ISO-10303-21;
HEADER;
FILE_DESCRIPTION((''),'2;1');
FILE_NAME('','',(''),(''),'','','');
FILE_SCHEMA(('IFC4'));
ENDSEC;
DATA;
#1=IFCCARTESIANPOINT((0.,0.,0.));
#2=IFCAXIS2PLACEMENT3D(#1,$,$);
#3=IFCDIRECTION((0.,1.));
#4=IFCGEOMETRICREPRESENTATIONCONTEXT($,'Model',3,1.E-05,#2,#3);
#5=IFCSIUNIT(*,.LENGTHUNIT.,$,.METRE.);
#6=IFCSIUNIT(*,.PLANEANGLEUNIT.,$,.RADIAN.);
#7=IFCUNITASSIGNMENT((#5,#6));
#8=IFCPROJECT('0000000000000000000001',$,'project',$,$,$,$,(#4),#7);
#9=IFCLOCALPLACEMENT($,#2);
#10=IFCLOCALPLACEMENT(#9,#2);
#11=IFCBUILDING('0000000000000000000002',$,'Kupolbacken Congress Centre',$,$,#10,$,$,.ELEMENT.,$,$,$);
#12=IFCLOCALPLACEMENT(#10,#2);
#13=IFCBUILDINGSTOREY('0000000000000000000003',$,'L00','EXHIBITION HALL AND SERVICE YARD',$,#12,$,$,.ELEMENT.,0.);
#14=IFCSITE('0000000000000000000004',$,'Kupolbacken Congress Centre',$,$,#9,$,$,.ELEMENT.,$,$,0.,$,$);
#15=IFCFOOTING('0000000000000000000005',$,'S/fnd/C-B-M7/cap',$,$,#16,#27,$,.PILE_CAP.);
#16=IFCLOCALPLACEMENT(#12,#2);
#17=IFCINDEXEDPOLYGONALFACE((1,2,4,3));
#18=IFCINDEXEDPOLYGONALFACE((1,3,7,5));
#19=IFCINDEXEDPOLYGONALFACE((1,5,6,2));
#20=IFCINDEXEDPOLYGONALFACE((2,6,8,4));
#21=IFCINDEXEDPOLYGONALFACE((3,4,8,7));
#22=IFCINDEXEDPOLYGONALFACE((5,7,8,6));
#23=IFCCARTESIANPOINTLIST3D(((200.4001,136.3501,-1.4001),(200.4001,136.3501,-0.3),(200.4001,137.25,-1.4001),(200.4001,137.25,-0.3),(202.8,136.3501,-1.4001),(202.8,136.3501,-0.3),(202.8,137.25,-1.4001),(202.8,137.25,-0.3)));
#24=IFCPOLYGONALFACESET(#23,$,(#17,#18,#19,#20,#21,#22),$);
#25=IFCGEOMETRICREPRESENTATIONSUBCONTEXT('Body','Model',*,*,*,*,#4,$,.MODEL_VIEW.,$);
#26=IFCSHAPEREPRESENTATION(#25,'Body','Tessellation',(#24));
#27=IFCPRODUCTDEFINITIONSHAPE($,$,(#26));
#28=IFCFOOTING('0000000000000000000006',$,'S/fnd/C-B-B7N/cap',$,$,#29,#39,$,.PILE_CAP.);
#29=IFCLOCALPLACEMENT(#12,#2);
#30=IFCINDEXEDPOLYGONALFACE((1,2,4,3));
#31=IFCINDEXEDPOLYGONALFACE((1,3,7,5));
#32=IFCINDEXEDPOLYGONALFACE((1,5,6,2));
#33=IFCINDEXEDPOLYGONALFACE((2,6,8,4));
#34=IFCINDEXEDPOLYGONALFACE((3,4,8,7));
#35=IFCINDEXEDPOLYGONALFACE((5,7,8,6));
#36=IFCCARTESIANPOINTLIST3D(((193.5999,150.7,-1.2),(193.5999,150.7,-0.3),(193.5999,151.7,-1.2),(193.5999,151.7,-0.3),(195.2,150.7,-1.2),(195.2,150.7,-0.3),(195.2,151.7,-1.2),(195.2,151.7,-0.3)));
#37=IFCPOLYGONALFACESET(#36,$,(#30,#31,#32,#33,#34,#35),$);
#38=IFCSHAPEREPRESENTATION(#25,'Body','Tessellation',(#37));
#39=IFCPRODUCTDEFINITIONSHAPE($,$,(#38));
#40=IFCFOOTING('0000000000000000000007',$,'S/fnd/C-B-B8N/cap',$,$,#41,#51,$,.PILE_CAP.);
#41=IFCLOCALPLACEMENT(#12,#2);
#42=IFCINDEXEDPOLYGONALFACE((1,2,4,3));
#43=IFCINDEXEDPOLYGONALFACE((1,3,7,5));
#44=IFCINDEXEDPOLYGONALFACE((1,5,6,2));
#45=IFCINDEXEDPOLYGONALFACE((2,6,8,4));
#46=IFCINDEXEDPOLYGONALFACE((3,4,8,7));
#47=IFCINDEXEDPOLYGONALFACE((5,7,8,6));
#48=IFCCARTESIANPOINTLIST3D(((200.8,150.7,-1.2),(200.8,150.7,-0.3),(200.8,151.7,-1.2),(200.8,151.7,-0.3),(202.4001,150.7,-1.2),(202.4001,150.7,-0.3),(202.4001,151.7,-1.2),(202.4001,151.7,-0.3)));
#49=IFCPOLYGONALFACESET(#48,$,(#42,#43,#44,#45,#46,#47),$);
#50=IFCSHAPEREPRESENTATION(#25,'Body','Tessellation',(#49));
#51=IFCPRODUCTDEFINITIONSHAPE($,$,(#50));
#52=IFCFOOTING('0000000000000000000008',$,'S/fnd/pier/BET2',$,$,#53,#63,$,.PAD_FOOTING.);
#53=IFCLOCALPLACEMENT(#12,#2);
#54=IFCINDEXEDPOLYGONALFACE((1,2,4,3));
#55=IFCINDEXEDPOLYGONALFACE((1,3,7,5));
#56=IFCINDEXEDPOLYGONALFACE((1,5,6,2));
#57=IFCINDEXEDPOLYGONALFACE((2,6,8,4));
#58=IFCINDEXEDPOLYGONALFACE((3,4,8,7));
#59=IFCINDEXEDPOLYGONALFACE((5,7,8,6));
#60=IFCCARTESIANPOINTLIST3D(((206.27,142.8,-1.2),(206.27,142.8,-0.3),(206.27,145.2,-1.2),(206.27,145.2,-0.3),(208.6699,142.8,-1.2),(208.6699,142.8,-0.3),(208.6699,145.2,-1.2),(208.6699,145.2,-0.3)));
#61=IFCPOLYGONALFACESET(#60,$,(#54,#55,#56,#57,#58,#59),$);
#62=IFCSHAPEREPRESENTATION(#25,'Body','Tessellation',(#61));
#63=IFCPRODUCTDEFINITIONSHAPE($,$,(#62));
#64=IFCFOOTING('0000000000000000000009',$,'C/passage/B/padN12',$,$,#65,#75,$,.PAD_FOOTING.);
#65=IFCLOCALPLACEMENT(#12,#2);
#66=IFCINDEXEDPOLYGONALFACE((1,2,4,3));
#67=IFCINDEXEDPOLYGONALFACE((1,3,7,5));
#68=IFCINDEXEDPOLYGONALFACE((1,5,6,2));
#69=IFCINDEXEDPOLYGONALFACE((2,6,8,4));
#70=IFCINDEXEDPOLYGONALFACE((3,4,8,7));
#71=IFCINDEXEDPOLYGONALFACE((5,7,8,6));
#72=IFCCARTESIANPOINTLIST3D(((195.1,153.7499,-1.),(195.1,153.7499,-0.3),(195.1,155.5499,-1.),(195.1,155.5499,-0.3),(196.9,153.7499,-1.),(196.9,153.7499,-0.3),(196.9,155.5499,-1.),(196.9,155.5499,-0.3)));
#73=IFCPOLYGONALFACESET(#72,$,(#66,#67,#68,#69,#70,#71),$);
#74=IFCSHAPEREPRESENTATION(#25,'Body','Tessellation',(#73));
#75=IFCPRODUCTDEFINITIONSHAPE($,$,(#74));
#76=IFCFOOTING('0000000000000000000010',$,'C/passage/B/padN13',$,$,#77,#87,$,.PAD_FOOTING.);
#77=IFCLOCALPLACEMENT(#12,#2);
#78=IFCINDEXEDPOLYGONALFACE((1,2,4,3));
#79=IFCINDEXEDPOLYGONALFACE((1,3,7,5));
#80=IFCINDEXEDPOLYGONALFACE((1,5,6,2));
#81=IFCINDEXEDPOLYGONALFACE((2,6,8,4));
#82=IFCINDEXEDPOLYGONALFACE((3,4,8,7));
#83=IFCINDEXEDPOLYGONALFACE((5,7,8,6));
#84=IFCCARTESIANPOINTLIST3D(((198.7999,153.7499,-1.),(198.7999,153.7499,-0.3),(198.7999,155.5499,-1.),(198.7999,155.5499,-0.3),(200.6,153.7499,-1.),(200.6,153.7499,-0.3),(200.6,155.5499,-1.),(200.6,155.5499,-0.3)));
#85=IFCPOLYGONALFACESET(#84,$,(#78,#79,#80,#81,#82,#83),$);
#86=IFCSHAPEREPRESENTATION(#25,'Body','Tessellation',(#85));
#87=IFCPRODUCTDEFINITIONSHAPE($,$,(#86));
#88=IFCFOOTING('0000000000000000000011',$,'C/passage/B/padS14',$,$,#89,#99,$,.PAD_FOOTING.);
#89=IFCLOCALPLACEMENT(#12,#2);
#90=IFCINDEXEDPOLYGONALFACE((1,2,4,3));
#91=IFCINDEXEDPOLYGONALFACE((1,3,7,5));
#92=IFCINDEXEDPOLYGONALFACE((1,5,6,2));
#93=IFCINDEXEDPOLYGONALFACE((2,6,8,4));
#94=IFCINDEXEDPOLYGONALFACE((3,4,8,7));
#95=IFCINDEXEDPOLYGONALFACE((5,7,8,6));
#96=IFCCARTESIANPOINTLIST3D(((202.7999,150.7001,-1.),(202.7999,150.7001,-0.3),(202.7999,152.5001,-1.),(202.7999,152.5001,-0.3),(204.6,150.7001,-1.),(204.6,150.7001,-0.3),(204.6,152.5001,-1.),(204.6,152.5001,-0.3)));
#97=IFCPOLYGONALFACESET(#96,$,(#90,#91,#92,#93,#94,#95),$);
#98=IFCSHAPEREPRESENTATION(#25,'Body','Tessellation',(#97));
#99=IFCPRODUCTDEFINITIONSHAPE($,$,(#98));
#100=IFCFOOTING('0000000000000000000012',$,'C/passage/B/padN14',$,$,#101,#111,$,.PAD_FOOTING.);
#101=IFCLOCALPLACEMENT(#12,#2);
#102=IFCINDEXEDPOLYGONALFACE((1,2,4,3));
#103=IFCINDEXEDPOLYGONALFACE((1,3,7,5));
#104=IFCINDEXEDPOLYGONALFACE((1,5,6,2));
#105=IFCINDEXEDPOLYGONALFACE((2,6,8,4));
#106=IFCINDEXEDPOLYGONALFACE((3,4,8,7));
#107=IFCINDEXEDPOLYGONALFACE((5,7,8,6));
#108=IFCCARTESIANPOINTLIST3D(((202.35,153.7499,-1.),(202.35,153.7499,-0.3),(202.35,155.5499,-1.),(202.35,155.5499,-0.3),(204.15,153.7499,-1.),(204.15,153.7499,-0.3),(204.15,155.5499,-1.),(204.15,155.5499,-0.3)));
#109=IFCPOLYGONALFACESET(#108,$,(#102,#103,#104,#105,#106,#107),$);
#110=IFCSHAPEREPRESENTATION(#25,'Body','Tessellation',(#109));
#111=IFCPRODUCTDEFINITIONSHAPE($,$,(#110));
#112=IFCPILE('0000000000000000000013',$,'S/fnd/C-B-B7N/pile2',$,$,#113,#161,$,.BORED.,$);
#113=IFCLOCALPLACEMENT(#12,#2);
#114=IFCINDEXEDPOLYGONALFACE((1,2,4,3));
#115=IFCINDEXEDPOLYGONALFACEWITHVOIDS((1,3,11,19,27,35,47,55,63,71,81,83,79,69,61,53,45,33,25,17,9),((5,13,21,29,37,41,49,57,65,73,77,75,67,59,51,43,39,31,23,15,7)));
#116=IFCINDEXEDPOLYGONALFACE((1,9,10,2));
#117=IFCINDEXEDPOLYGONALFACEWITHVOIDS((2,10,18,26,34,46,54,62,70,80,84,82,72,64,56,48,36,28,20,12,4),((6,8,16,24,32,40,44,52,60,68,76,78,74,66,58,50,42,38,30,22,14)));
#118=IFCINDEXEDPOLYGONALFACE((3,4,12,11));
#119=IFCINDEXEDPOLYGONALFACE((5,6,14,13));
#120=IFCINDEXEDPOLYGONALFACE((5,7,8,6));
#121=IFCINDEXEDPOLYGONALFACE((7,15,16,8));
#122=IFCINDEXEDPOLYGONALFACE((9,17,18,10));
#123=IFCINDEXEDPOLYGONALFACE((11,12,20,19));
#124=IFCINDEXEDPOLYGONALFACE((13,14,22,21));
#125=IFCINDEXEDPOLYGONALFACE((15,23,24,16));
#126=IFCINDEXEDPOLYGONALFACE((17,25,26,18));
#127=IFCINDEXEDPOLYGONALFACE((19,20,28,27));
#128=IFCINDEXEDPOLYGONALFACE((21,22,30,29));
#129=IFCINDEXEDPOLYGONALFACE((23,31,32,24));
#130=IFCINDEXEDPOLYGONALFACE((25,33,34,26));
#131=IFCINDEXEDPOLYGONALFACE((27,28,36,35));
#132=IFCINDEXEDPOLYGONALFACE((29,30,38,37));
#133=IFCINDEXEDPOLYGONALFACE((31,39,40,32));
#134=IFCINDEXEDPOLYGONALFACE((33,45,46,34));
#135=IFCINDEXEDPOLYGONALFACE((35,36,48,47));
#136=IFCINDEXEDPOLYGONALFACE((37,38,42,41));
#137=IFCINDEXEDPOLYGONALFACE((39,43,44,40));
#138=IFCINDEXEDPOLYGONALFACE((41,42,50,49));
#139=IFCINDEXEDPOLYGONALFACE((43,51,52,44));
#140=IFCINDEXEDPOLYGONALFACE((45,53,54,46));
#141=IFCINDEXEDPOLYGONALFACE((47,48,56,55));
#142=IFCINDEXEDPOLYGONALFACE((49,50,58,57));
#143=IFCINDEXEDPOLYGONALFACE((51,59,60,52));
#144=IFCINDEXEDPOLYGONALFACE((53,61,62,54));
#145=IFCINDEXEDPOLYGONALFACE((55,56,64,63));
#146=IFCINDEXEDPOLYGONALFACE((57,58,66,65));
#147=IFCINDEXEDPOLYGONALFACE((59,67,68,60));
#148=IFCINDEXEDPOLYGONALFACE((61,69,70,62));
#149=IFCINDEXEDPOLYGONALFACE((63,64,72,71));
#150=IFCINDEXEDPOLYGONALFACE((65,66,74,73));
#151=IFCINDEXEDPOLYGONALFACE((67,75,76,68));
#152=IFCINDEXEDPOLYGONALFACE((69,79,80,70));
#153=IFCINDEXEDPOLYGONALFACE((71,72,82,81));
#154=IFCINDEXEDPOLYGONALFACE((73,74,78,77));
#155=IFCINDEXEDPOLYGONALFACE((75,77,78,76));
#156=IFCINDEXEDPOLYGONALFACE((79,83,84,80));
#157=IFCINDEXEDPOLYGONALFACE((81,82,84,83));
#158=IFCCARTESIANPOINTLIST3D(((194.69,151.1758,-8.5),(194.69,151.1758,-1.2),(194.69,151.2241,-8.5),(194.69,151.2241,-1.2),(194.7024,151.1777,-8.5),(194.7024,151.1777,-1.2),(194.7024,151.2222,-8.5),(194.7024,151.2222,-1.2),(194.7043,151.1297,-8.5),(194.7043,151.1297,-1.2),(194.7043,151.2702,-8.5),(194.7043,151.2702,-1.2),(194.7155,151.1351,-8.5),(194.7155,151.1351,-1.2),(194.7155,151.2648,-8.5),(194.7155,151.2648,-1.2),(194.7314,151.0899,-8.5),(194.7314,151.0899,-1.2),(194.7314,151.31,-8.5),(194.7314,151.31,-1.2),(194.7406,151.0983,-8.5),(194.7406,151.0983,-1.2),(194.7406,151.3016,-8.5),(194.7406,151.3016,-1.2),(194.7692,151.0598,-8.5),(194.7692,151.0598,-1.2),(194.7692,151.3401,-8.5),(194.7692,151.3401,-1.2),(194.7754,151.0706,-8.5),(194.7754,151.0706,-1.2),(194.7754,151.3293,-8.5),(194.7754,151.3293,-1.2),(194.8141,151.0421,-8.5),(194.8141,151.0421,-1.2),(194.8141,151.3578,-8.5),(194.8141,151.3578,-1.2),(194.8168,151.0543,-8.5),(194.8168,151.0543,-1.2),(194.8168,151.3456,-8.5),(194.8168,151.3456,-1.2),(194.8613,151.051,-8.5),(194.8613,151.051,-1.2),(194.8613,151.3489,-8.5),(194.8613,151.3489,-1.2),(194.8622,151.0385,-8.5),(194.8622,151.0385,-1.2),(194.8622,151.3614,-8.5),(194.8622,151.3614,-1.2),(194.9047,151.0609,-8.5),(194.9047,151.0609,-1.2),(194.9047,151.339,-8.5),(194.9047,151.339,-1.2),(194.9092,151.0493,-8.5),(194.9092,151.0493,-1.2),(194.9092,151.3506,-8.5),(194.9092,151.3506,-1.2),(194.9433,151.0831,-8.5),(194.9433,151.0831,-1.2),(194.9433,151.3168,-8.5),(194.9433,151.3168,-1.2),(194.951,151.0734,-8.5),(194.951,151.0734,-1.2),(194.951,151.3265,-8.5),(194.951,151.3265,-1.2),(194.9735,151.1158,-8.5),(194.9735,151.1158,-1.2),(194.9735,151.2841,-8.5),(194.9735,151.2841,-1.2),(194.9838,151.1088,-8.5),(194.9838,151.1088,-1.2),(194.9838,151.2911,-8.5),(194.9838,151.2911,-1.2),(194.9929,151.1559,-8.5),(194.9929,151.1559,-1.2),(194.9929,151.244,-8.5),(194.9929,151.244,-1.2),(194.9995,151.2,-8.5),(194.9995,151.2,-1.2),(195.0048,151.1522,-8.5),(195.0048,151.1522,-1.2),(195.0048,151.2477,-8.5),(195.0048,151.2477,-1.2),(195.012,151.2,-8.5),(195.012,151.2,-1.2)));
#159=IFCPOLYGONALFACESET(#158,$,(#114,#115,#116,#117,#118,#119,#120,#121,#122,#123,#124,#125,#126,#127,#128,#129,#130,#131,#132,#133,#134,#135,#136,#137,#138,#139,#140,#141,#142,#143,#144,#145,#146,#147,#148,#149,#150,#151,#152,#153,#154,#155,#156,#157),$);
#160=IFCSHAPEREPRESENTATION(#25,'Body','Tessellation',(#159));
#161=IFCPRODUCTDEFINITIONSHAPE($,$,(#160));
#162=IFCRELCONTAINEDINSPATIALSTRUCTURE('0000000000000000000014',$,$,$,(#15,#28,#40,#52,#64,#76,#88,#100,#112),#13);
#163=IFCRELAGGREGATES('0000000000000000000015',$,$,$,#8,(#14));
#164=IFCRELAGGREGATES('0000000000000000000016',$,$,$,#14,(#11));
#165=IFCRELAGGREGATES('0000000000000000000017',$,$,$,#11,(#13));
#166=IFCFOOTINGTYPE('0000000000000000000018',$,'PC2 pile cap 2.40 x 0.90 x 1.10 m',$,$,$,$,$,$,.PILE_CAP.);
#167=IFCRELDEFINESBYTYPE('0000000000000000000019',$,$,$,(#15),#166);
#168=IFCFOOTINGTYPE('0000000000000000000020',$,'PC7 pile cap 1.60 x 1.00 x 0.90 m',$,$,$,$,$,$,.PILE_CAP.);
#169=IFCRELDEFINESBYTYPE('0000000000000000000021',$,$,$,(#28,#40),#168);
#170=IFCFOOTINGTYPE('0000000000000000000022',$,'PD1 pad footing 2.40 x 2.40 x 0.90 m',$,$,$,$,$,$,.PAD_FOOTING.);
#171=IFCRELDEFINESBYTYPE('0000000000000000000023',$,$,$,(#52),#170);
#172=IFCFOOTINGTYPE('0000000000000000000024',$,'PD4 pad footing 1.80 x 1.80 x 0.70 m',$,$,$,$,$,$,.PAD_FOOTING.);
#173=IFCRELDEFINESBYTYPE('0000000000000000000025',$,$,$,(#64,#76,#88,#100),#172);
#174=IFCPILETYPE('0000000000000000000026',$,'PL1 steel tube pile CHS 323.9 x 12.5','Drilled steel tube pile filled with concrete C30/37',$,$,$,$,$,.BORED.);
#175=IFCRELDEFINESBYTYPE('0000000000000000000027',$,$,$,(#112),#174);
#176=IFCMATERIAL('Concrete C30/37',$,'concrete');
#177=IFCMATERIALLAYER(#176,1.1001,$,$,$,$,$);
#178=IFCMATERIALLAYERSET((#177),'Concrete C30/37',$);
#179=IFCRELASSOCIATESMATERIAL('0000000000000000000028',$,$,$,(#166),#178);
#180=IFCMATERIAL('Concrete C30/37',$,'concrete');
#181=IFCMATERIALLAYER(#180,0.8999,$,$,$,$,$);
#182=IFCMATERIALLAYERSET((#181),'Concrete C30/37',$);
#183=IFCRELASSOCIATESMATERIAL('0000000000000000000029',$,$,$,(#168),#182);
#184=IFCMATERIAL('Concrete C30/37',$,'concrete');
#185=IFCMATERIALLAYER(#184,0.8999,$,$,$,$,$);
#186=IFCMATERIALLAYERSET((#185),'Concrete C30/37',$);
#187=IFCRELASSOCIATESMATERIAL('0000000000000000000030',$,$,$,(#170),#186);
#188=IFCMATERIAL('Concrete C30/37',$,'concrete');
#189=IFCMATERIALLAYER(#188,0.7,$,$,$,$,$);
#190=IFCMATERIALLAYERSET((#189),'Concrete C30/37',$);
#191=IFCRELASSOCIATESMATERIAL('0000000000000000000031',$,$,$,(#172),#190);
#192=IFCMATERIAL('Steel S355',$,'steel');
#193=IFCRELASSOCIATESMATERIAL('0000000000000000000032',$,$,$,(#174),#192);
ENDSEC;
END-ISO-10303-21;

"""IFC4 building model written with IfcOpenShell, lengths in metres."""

from ifc_helpers import new_model, si_unit, direction, frame, origin, origin_2d, place, context, subcontext, project, spatial, rectangle, hollow_circle, extrude, material, layer, layer_set, material_profile, profile_set, type_object, element, save


model = new_model("IFC4")

# Units and contexts
model_context = context("Model", 3, precision=1e-05, world=origin(), true_north=direction((0.0, 1.0)))
body_context = subcontext(model_context, "Body", "Model", "MODEL_VIEW")
ifc_project = project(units=[si_unit("LENGTHUNIT", "METRE"), si_unit("PLANEANGLEUNIT", "RADIAN")], contexts=[model_context])

# Site, building, storey
site_placement = place(None, origin())
site = spatial("IfcSite", under=ifc_project, at=site_placement, Name="Kupolbacken Congress Centre", CompositionType="ELEMENT", RefElevation=0.0)
building_placement = place(site_placement, origin())
building = spatial("IfcBuilding", under=site, at=building_placement, Name="Kupolbacken Congress Centre", CompositionType="ELEMENT")
storey_placement = place(building_placement, origin())
storey = spatial("IfcBuildingStorey", under=building, at=storey_placement, Name="L00", Description="EXHIBITION HALL AND SERVICE YARD", CompositionType="ELEMENT", Elevation=0.0)

# Footings
ifc_material_1 = material(Name="Concrete C30/37", Category="concrete")
ifc_layer_1 = layer(ifc_material_1, 1.1001)
ifc_layer_set_1 = layer_set([ifc_layer_1], Name="Concrete C30/37")
footing_type_1 = type_object("IfcFootingType", Name="PC2 pile cap 2.40 x 0.90 x 1.10 m", PredefinedType="PILE_CAP", material=ifc_layer_set_1)
footing_1_placement = place(storey_placement, frame((201.6001, 136.8, -1.4001), z_axis=(0.0, 0.0, 1.0), x_axis=(1.0, 0.0, 0.0)))
element("IfcFooting", 1, at=footing_1_placement, inside=storey, type_object=footing_type_1, Name="S/fnd/C-B-M7/cap", PredefinedType="PILE_CAP", context=body_context, shape_type="SweptSolid", body=[
    extrude(rectangle(XDim=2.3999, YDim=0.8999, at=origin_2d()), origin(), (0.0, 0.0, 1.0), 1.1001),
])
ifc_material_2 = material(Name="Concrete C30/37", Category="concrete")
ifc_layer_2 = layer(ifc_material_2, 0.8999)
ifc_layer_set_2 = layer_set([ifc_layer_2], Name="Concrete C30/37")
footing_type_2 = type_object("IfcFootingType", Name="PC7 pile cap 1.60 x 1.00 x 0.90 m", PredefinedType="PILE_CAP", material=ifc_layer_set_2)
for number, where, z_axis, x_axis, name in (
    (2, (194.3999, 151.2, -1.2), (0.0, 0.0, 1.0), (1.0, 0.0, 0.0), "S/fnd/C-B-B7N/cap"),
    (3, (201.6001, 151.2, -1.2), (0.0, 0.0, 1.0), (1.0, 0.0, 0.0), "S/fnd/C-B-B8N/cap"),
):
    element("IfcFooting", number, at=place(storey_placement, frame(where, z_axis=z_axis, x_axis=x_axis)), inside=storey, type_object=footing_type_2, Name=name, PredefinedType="PILE_CAP", context=body_context, shape_type="SweptSolid", body=[
        extrude(rectangle(XDim=1.6001, YDim=1.0, at=origin_2d()), origin(), (0.0, 0.0, 1.0), 0.8999),
    ])
ifc_material_3 = material(Name="Concrete C30/37", Category="concrete")
ifc_layer_3 = layer(ifc_material_3, 0.8999)
ifc_layer_set_3 = layer_set([ifc_layer_3], Name="Concrete C30/37")
footing_type_3 = type_object("IfcFootingType", Name="PD1 pad footing 2.40 x 2.40 x 0.90 m", PredefinedType="PAD_FOOTING", material=ifc_layer_set_3)
footing_2_placement = place(storey_placement, frame((207.47, 144.0, -1.2), z_axis=(0.0, 0.0, 1.0), x_axis=(1.0, 0.0, 0.0)))
element("IfcFooting", 4, at=footing_2_placement, inside=storey, type_object=footing_type_3, Name="S/fnd/pier/BET2", PredefinedType="PAD_FOOTING", context=body_context, shape_type="SweptSolid", body=[
    extrude(rectangle(XDim=2.3999, YDim=2.3999, at=origin_2d()), origin(), (0.0, 0.0, 1.0), 0.8999),
])
ifc_material_4 = material(Name="Concrete C30/37", Category="concrete")
ifc_layer_4 = layer(ifc_material_4, 0.7)
ifc_layer_set_4 = layer_set([ifc_layer_4], Name="Concrete C30/37")
footing_type_4 = type_object("IfcFootingType", Name="PD4 pad footing 1.80 x 1.80 x 0.70 m", PredefinedType="PAD_FOOTING", material=ifc_layer_set_4)
for number, where, z_axis, x_axis, name in (
    (5, (196.0, 154.6499, -1.0), (0.0, 0.0, 1.0), (1.0, 0.0, 0.0), "C/passage/B/padN12"),
    (6, (199.7, 154.6499, -1.0), (0.0, 0.0, 1.0), (1.0, 0.0, 0.0), "C/passage/B/padN13"),
    (7, (203.7, 151.6001, -1.0), (0.0, 0.0, 1.0), (1.0, 0.0, 0.0), "C/passage/B/padS14"),
    (8, (203.25, 154.6499, -1.0), (0.0, 0.0, 1.0), (1.0, 0.0, 0.0), "C/passage/B/padN14"),
):
    element("IfcFooting", number, at=place(storey_placement, frame(where, z_axis=z_axis, x_axis=x_axis)), inside=storey, type_object=footing_type_4, Name=name, PredefinedType="PAD_FOOTING", context=body_context, shape_type="SweptSolid", body=[
        extrude(rectangle(XDim=1.8, YDim=1.8, at=origin_2d()), origin(), (0.0, 0.0, 1.0), 0.7),
    ])

# Pile
ifc_material_5 = material(Name="Steel S355", Category="steel")
ifc_material_profile_1 = material_profile(ifc_material_5, hollow_circle(Radius=0.1619, WallThickness=0.0125, at=origin_2d()), Name="CHS 323.9 x 12.5")
ifc_profile_set_1 = profile_set([ifc_material_profile_1], Name="Steel S355")
pile_type_1 = type_object("IfcPileType", Name="PL1 steel tube pile CHS 323.9 x 12.5", Description="Drilled steel tube pile filled with concrete C30/37", PredefinedType="BORED", material=ifc_profile_set_1)
for number, where, z_axis, x_axis, name in (
    (9, (194.8501, 151.2, -1.2), (0.0, 0.0, -1.0), (1.0, 0.0, 0.0), "S/fnd/C-B-B7N/pile2"),
):
    element("IfcPile", number, at=place(storey_placement, frame(where, z_axis=z_axis, x_axis=x_axis)), inside=storey, type_object=pile_type_1, Name=name, PredefinedType="BORED", context=body_context, shape_type="SweptSolid", body=[
        extrude(hollow_circle(Radius=0.1619, WallThickness=0.0125, at=origin_2d()), origin(), (0.0, 0.0, 1.0), 7.3),
    ])

save(model, "model.ifc")
